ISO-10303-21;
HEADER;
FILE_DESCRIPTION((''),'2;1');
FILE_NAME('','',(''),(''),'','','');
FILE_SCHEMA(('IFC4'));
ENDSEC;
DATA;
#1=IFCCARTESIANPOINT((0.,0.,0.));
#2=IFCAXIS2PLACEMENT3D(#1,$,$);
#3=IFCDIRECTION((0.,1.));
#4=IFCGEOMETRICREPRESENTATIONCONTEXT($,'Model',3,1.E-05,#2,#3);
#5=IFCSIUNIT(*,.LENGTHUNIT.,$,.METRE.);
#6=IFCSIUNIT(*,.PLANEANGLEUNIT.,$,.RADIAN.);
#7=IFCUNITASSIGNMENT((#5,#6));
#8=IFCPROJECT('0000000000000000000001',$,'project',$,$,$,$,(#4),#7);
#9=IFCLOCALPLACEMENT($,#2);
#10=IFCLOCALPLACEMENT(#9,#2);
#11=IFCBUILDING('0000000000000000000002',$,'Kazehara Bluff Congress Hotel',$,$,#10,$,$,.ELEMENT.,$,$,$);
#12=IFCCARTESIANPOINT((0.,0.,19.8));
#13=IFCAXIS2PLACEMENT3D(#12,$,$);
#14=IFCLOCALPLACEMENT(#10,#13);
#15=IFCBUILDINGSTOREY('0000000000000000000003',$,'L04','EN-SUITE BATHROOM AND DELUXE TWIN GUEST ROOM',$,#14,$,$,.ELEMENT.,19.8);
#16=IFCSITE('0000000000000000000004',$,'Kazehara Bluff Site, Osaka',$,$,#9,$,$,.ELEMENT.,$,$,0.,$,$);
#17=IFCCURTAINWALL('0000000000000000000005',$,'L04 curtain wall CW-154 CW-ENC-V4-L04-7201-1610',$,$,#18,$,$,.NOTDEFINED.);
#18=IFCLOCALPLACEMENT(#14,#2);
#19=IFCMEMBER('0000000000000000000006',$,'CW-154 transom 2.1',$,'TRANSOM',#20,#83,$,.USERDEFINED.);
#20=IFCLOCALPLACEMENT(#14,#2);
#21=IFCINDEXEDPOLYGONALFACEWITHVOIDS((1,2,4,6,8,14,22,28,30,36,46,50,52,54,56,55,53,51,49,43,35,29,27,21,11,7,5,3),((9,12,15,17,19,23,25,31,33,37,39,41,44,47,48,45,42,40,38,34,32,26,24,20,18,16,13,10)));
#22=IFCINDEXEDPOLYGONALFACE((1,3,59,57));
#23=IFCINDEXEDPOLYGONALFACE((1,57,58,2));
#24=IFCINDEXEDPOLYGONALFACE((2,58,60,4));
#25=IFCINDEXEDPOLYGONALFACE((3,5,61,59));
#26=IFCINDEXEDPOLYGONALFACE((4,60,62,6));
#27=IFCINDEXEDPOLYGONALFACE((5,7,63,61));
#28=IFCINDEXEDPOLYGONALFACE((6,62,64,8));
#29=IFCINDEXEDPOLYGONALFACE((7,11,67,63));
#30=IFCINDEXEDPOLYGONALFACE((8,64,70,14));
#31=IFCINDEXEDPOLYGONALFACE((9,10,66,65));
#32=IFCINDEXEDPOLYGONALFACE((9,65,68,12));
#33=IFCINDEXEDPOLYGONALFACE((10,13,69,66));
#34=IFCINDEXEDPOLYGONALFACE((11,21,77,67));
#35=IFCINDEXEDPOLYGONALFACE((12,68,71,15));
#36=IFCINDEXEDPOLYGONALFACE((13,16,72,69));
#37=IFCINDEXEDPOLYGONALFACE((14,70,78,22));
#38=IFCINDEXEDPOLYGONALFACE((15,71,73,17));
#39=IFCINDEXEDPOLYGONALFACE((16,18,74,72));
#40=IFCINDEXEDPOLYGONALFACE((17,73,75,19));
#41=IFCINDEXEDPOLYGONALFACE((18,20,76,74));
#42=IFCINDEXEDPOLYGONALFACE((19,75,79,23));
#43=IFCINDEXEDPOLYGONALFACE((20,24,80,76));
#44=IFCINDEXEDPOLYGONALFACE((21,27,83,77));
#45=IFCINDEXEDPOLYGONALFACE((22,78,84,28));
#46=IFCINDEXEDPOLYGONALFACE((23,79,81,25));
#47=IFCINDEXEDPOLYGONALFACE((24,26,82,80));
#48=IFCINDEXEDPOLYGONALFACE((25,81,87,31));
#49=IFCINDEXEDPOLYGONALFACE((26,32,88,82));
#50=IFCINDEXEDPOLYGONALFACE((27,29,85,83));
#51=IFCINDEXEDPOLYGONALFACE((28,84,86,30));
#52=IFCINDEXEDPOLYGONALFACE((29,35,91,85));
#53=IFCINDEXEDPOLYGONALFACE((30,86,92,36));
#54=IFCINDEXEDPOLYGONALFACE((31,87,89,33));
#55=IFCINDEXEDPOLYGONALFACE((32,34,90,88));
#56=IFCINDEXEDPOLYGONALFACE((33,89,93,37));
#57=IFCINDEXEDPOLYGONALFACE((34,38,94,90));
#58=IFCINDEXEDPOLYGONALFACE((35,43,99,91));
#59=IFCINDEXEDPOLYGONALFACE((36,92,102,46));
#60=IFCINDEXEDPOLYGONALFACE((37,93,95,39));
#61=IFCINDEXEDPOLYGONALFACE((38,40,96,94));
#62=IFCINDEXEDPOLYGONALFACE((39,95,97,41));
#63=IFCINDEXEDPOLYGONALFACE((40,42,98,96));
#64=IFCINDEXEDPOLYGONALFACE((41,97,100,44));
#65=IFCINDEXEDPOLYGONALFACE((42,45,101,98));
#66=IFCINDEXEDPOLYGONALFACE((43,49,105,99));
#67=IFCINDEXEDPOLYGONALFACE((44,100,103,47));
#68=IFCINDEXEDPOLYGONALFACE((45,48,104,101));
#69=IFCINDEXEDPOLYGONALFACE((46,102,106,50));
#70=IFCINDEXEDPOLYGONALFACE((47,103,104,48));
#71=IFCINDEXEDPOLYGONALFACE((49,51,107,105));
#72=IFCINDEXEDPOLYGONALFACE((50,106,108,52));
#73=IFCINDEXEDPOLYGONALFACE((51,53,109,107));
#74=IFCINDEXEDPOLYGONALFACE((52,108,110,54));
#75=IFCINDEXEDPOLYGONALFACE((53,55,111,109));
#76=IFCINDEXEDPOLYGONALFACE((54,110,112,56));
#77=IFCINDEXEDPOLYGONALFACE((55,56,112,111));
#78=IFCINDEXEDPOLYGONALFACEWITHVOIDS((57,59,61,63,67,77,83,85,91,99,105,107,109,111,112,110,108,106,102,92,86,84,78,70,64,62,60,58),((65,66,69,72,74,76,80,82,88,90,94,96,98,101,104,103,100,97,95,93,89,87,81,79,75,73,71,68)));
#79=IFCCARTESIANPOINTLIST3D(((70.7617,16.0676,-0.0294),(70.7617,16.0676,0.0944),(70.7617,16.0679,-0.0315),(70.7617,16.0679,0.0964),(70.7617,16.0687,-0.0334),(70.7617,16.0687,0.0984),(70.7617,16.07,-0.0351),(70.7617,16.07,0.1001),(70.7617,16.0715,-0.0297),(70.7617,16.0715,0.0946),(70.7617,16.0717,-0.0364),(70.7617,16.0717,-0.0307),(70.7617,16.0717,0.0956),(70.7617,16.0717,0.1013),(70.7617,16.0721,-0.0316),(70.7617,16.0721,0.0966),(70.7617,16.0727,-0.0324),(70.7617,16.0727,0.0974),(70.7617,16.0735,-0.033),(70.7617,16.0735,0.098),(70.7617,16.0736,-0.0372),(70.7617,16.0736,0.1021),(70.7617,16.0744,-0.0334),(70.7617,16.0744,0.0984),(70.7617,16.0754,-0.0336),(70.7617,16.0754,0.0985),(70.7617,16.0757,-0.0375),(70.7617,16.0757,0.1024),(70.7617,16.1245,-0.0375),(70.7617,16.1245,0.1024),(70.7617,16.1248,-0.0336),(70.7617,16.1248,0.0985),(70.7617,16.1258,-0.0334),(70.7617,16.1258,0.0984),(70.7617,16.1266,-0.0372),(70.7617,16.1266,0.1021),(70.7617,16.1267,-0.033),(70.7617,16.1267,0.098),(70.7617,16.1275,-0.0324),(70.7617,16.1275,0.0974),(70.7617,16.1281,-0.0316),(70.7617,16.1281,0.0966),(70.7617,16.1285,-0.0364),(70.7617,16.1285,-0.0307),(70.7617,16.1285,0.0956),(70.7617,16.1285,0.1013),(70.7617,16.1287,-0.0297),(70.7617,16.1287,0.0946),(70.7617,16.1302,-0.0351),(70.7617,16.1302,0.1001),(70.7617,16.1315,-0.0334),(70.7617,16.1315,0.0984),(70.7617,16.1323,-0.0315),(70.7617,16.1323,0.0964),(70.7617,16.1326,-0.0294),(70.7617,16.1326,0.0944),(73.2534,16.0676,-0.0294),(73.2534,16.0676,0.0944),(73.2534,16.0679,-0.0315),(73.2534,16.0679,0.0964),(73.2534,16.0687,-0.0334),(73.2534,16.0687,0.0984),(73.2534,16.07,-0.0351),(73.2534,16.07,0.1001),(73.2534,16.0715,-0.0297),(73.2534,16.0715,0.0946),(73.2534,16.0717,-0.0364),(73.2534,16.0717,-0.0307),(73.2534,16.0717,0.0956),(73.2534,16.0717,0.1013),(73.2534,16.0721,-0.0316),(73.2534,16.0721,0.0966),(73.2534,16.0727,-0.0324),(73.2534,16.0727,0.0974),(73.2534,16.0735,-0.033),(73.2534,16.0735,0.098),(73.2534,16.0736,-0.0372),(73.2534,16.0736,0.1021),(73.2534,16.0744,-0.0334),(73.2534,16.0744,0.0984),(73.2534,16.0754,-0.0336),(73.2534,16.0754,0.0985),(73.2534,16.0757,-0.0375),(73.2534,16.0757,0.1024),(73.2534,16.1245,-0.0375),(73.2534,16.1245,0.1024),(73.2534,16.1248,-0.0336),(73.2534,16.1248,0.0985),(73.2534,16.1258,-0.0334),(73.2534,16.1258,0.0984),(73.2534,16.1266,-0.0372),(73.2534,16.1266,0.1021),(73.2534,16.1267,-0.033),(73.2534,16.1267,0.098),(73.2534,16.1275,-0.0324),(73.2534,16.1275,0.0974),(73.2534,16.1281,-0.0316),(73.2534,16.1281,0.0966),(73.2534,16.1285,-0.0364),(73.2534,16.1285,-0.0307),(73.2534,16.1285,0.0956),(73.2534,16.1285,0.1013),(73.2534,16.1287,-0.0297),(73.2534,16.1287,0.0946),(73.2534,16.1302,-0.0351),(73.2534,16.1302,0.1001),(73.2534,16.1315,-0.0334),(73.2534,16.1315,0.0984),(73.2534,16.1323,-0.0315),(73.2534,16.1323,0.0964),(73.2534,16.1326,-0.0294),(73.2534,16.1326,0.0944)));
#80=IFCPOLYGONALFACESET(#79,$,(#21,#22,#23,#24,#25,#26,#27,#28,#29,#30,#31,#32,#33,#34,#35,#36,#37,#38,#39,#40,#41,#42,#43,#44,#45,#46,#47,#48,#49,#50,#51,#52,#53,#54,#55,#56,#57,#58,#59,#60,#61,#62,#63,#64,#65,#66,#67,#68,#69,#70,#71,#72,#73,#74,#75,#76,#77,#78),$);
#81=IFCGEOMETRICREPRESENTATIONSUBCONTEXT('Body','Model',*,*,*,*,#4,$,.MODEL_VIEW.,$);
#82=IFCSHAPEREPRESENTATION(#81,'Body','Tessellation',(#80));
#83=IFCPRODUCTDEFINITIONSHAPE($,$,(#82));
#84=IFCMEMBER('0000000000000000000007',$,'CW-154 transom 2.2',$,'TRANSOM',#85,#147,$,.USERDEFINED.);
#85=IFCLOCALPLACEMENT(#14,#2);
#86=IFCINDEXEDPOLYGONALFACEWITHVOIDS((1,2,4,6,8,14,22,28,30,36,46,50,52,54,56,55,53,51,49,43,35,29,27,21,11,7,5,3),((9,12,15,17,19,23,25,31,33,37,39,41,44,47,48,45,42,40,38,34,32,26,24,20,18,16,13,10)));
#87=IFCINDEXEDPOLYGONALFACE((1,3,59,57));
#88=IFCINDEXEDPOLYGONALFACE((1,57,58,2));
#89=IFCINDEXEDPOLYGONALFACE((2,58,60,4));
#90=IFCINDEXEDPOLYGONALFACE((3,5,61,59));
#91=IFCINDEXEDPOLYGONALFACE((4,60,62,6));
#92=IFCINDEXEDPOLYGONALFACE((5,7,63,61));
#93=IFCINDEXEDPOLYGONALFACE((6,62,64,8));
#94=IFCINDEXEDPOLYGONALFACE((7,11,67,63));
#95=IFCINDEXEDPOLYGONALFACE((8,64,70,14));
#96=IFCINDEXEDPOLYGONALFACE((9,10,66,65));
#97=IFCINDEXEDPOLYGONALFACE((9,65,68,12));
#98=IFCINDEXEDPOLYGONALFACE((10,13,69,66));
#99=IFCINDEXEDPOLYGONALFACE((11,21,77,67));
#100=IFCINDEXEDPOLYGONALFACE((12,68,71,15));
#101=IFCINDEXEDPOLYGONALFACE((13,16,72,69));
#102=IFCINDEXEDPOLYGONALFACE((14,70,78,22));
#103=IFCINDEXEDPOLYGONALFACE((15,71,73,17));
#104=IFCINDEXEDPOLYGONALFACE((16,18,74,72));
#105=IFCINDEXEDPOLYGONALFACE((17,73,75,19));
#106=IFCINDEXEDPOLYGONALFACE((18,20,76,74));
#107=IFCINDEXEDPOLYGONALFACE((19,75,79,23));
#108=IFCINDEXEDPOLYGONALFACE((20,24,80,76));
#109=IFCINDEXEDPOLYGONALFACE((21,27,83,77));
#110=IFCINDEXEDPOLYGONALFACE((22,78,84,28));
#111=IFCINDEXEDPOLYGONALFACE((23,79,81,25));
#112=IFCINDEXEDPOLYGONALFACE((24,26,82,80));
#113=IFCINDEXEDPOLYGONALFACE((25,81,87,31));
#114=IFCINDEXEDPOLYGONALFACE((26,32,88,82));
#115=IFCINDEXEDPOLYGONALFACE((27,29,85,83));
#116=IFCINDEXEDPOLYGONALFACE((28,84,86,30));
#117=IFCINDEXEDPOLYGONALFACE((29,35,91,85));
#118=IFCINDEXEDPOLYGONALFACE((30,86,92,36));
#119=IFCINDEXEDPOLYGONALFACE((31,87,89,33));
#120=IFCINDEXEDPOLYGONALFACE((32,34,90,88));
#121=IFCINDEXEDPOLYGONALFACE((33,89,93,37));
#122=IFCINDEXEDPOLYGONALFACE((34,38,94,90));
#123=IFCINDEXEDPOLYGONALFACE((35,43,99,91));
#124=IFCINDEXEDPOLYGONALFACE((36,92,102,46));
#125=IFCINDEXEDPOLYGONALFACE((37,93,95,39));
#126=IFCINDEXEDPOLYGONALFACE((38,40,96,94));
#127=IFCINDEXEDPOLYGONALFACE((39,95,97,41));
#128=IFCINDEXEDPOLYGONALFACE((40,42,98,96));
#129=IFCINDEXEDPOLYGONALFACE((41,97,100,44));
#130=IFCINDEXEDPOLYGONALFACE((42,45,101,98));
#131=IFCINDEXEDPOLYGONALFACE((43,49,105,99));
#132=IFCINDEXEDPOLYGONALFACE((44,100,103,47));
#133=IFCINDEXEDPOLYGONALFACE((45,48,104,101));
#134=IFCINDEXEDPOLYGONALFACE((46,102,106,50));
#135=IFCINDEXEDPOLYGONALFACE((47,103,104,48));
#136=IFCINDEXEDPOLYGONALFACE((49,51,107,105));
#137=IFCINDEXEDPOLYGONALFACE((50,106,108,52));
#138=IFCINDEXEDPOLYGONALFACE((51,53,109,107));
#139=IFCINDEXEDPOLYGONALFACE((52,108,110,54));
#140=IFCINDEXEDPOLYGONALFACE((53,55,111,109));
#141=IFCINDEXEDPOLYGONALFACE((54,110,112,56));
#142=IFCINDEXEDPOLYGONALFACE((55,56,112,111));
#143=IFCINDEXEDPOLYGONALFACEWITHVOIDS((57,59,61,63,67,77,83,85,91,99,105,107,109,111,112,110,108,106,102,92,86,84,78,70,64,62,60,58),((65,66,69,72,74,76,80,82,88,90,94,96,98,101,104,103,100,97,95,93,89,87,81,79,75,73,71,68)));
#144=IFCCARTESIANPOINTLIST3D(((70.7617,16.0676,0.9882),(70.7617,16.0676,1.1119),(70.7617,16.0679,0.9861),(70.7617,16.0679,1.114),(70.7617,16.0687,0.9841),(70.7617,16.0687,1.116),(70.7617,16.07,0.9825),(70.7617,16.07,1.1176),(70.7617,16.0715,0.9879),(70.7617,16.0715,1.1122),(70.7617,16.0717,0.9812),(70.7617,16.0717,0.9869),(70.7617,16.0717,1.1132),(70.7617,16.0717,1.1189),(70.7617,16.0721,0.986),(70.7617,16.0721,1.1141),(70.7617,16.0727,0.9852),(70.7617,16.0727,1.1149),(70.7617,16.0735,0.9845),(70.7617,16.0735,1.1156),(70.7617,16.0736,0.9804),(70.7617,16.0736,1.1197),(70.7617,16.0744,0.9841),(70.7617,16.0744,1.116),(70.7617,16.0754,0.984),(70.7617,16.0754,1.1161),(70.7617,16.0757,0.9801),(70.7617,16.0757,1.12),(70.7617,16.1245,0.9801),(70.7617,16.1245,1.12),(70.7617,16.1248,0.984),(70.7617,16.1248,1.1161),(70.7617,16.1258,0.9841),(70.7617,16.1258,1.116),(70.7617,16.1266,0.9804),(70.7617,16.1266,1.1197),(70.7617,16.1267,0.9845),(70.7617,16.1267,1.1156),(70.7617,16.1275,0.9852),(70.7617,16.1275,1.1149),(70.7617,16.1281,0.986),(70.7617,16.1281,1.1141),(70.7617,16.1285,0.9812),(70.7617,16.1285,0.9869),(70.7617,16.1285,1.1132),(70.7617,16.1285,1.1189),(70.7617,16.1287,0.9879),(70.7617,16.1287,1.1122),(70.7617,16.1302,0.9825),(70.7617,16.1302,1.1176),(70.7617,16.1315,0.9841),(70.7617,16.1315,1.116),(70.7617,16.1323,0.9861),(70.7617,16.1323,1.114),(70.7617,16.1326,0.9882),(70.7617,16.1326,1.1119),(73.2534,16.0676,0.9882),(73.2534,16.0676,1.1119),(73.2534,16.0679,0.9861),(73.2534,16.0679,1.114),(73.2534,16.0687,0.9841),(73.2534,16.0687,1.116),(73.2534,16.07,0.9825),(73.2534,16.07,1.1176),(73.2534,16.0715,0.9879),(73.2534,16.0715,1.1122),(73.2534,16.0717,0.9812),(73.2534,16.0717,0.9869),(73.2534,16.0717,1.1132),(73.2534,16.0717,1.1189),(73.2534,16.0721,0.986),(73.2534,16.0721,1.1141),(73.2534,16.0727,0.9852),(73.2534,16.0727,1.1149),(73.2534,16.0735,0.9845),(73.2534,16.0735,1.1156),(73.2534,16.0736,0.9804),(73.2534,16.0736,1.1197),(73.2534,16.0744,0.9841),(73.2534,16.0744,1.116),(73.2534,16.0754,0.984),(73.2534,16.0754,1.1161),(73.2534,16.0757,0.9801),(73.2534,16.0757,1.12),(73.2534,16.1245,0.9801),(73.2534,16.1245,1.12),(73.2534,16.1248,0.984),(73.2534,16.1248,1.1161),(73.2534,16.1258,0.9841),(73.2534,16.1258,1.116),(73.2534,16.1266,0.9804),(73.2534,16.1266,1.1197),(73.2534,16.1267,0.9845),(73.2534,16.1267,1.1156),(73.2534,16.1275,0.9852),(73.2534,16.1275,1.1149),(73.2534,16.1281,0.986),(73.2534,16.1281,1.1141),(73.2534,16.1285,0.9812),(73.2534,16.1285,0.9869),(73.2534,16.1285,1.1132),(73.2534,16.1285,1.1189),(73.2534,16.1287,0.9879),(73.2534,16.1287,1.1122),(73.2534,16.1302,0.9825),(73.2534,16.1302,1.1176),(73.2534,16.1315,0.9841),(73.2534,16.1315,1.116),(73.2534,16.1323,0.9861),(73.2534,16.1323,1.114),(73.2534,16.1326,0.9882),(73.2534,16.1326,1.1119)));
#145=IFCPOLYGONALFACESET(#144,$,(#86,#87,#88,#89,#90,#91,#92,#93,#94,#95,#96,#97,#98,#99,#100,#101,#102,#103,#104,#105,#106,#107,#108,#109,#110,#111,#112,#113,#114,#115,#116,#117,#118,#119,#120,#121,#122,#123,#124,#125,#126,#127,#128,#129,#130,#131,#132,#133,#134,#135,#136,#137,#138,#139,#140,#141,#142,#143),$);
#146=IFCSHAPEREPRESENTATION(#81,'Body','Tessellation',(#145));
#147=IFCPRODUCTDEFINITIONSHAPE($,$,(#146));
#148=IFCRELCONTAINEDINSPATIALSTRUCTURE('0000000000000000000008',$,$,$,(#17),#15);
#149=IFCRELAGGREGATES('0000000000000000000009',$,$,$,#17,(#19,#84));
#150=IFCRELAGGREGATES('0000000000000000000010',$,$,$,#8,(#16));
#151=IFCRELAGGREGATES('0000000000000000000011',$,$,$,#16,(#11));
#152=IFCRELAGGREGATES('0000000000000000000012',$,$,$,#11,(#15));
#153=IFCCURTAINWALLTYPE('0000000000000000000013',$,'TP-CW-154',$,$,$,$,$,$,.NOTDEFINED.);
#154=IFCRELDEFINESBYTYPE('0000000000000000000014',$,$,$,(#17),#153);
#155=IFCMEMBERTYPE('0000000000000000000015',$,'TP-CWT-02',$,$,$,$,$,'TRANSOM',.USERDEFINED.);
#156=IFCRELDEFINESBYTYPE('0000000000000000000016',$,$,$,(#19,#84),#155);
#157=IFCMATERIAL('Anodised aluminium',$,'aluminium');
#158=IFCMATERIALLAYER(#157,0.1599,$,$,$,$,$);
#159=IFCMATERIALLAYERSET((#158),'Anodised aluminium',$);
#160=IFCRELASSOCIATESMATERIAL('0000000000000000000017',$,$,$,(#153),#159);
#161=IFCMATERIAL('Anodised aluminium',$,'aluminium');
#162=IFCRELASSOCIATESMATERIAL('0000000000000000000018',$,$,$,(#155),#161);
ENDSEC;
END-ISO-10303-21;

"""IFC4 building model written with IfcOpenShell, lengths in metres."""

from ifc_helpers import new_model, si_unit, direction, frame, origin, origin_2d, place, context, subcontext, project, spatial, hollow_rectangle, extrude, material, layer, layer_set, material_profile, profile_set, type_object, element, aggregate, save


model = new_model("IFC4")

# Units and contexts
model_context = context("Model", 3, precision=1e-05, world=origin(), true_north=direction((0.0, 1.0)))
body_context = subcontext(model_context, "Body", "Model", "MODEL_VIEW")
ifc_project = project(units=[si_unit("LENGTHUNIT", "METRE"), si_unit("PLANEANGLEUNIT", "RADIAN")], contexts=[model_context])

# Site, building, storey
site_placement = place(None, origin())
site = spatial("IfcSite", under=ifc_project, at=site_placement, Name="Kazehara Bluff Site, Osaka", CompositionType="ELEMENT", RefElevation=0.0)
building_placement = place(site_placement, origin())
building = spatial("IfcBuilding", under=site, at=building_placement, Name="Kazehara Bluff Congress Hotel", CompositionType="ELEMENT")
storey_placement = place(building_placement, frame((0.0, 0.0, 19.8)))
storey = spatial("IfcBuildingStorey", under=building, at=storey_placement, Name="L04", Description="EN-SUITE BATHROOM AND DELUXE TWIN GUEST ROOM", CompositionType="ELEMENT", Elevation=19.8)

# Curtain wall, members
ifc_material_1 = material(Name="Anodised aluminium", Category="aluminium")
ifc_layer_1 = layer(ifc_material_1, 0.1599)
ifc_layer_set_1 = layer_set([ifc_layer_1], Name="Anodised aluminium")
curtain_wall_type = type_object("IfcCurtainWallType", Name="TP-CW-154", PredefinedType="NOTDEFINED", material=ifc_layer_set_1)
curtain_wall_placement = place(storey_placement, origin())
curtain_wall = element("IfcCurtainWall", 1, at=curtain_wall_placement, inside=storey, type_object=curtain_wall_type, Name="L04 curtain wall CW-154 CW-ENC-V4-L04-7201-1610", PredefinedType="NOTDEFINED")
ifc_material_2 = material(Name="Anodised aluminium", Category="aluminium")
ifc_material_profile_1 = material_profile(ifc_material_2, hollow_rectangle(XDim=0.0649, YDim=0.1399, WallThickness=0.0039, InnerFilletRadius=0.0039, OuterFilletRadius=0.0081, at=origin_2d()))
ifc_profile_set_1 = profile_set([ifc_material_profile_1], Name="Anodised aluminium")
member_type_1 = type_object("IfcMemberType", Name="TP-CWT-02", ElementType="TRANSOM", PredefinedType="USERDEFINED", material=ifc_profile_set_1)
member_1_placement = place(storey_placement, frame((73.2534, 16.1001, 0.0325), z_axis=(-1.0, 0.0, 0.0), x_axis=(0.0, -1.0, 0.0)))
member_1 = element("IfcMember", 2, at=member_1_placement, type_object=member_type_1, Name="CW-154 transom 2.1", ObjectType="TRANSOM", PredefinedType="USERDEFINED", context=body_context, shape_type="SweptSolid", body=[
    extrude(hollow_rectangle(XDim=0.0649, YDim=0.1399, WallThickness=0.0039, InnerFilletRadius=0.0039, OuterFilletRadius=0.0081, at=origin_2d()), origin(), (0.0, 0.0, 1.0), 2.4917),
])
member_2_placement = place(storey_placement, frame((73.2534, 16.1001, 1.05), z_axis=(-1.0, 0.0, 0.0), x_axis=(0.0, -1.0, 0.0)))
member_2 = element("IfcMember", 3, at=member_2_placement, type_object=member_type_1, Name="CW-154 transom 2.2", ObjectType="TRANSOM", PredefinedType="USERDEFINED", context=body_context, shape_type="SweptSolid", body=[
    extrude(hollow_rectangle(XDim=0.0649, YDim=0.1399, WallThickness=0.0039, InnerFilletRadius=0.0039, OuterFilletRadius=0.0081, at=origin_2d()), origin(), (0.0, 0.0, 1.0), 2.4917),
])
aggregate(curtain_wall, [member_1, member_2])

save(model, "model.ifc")
